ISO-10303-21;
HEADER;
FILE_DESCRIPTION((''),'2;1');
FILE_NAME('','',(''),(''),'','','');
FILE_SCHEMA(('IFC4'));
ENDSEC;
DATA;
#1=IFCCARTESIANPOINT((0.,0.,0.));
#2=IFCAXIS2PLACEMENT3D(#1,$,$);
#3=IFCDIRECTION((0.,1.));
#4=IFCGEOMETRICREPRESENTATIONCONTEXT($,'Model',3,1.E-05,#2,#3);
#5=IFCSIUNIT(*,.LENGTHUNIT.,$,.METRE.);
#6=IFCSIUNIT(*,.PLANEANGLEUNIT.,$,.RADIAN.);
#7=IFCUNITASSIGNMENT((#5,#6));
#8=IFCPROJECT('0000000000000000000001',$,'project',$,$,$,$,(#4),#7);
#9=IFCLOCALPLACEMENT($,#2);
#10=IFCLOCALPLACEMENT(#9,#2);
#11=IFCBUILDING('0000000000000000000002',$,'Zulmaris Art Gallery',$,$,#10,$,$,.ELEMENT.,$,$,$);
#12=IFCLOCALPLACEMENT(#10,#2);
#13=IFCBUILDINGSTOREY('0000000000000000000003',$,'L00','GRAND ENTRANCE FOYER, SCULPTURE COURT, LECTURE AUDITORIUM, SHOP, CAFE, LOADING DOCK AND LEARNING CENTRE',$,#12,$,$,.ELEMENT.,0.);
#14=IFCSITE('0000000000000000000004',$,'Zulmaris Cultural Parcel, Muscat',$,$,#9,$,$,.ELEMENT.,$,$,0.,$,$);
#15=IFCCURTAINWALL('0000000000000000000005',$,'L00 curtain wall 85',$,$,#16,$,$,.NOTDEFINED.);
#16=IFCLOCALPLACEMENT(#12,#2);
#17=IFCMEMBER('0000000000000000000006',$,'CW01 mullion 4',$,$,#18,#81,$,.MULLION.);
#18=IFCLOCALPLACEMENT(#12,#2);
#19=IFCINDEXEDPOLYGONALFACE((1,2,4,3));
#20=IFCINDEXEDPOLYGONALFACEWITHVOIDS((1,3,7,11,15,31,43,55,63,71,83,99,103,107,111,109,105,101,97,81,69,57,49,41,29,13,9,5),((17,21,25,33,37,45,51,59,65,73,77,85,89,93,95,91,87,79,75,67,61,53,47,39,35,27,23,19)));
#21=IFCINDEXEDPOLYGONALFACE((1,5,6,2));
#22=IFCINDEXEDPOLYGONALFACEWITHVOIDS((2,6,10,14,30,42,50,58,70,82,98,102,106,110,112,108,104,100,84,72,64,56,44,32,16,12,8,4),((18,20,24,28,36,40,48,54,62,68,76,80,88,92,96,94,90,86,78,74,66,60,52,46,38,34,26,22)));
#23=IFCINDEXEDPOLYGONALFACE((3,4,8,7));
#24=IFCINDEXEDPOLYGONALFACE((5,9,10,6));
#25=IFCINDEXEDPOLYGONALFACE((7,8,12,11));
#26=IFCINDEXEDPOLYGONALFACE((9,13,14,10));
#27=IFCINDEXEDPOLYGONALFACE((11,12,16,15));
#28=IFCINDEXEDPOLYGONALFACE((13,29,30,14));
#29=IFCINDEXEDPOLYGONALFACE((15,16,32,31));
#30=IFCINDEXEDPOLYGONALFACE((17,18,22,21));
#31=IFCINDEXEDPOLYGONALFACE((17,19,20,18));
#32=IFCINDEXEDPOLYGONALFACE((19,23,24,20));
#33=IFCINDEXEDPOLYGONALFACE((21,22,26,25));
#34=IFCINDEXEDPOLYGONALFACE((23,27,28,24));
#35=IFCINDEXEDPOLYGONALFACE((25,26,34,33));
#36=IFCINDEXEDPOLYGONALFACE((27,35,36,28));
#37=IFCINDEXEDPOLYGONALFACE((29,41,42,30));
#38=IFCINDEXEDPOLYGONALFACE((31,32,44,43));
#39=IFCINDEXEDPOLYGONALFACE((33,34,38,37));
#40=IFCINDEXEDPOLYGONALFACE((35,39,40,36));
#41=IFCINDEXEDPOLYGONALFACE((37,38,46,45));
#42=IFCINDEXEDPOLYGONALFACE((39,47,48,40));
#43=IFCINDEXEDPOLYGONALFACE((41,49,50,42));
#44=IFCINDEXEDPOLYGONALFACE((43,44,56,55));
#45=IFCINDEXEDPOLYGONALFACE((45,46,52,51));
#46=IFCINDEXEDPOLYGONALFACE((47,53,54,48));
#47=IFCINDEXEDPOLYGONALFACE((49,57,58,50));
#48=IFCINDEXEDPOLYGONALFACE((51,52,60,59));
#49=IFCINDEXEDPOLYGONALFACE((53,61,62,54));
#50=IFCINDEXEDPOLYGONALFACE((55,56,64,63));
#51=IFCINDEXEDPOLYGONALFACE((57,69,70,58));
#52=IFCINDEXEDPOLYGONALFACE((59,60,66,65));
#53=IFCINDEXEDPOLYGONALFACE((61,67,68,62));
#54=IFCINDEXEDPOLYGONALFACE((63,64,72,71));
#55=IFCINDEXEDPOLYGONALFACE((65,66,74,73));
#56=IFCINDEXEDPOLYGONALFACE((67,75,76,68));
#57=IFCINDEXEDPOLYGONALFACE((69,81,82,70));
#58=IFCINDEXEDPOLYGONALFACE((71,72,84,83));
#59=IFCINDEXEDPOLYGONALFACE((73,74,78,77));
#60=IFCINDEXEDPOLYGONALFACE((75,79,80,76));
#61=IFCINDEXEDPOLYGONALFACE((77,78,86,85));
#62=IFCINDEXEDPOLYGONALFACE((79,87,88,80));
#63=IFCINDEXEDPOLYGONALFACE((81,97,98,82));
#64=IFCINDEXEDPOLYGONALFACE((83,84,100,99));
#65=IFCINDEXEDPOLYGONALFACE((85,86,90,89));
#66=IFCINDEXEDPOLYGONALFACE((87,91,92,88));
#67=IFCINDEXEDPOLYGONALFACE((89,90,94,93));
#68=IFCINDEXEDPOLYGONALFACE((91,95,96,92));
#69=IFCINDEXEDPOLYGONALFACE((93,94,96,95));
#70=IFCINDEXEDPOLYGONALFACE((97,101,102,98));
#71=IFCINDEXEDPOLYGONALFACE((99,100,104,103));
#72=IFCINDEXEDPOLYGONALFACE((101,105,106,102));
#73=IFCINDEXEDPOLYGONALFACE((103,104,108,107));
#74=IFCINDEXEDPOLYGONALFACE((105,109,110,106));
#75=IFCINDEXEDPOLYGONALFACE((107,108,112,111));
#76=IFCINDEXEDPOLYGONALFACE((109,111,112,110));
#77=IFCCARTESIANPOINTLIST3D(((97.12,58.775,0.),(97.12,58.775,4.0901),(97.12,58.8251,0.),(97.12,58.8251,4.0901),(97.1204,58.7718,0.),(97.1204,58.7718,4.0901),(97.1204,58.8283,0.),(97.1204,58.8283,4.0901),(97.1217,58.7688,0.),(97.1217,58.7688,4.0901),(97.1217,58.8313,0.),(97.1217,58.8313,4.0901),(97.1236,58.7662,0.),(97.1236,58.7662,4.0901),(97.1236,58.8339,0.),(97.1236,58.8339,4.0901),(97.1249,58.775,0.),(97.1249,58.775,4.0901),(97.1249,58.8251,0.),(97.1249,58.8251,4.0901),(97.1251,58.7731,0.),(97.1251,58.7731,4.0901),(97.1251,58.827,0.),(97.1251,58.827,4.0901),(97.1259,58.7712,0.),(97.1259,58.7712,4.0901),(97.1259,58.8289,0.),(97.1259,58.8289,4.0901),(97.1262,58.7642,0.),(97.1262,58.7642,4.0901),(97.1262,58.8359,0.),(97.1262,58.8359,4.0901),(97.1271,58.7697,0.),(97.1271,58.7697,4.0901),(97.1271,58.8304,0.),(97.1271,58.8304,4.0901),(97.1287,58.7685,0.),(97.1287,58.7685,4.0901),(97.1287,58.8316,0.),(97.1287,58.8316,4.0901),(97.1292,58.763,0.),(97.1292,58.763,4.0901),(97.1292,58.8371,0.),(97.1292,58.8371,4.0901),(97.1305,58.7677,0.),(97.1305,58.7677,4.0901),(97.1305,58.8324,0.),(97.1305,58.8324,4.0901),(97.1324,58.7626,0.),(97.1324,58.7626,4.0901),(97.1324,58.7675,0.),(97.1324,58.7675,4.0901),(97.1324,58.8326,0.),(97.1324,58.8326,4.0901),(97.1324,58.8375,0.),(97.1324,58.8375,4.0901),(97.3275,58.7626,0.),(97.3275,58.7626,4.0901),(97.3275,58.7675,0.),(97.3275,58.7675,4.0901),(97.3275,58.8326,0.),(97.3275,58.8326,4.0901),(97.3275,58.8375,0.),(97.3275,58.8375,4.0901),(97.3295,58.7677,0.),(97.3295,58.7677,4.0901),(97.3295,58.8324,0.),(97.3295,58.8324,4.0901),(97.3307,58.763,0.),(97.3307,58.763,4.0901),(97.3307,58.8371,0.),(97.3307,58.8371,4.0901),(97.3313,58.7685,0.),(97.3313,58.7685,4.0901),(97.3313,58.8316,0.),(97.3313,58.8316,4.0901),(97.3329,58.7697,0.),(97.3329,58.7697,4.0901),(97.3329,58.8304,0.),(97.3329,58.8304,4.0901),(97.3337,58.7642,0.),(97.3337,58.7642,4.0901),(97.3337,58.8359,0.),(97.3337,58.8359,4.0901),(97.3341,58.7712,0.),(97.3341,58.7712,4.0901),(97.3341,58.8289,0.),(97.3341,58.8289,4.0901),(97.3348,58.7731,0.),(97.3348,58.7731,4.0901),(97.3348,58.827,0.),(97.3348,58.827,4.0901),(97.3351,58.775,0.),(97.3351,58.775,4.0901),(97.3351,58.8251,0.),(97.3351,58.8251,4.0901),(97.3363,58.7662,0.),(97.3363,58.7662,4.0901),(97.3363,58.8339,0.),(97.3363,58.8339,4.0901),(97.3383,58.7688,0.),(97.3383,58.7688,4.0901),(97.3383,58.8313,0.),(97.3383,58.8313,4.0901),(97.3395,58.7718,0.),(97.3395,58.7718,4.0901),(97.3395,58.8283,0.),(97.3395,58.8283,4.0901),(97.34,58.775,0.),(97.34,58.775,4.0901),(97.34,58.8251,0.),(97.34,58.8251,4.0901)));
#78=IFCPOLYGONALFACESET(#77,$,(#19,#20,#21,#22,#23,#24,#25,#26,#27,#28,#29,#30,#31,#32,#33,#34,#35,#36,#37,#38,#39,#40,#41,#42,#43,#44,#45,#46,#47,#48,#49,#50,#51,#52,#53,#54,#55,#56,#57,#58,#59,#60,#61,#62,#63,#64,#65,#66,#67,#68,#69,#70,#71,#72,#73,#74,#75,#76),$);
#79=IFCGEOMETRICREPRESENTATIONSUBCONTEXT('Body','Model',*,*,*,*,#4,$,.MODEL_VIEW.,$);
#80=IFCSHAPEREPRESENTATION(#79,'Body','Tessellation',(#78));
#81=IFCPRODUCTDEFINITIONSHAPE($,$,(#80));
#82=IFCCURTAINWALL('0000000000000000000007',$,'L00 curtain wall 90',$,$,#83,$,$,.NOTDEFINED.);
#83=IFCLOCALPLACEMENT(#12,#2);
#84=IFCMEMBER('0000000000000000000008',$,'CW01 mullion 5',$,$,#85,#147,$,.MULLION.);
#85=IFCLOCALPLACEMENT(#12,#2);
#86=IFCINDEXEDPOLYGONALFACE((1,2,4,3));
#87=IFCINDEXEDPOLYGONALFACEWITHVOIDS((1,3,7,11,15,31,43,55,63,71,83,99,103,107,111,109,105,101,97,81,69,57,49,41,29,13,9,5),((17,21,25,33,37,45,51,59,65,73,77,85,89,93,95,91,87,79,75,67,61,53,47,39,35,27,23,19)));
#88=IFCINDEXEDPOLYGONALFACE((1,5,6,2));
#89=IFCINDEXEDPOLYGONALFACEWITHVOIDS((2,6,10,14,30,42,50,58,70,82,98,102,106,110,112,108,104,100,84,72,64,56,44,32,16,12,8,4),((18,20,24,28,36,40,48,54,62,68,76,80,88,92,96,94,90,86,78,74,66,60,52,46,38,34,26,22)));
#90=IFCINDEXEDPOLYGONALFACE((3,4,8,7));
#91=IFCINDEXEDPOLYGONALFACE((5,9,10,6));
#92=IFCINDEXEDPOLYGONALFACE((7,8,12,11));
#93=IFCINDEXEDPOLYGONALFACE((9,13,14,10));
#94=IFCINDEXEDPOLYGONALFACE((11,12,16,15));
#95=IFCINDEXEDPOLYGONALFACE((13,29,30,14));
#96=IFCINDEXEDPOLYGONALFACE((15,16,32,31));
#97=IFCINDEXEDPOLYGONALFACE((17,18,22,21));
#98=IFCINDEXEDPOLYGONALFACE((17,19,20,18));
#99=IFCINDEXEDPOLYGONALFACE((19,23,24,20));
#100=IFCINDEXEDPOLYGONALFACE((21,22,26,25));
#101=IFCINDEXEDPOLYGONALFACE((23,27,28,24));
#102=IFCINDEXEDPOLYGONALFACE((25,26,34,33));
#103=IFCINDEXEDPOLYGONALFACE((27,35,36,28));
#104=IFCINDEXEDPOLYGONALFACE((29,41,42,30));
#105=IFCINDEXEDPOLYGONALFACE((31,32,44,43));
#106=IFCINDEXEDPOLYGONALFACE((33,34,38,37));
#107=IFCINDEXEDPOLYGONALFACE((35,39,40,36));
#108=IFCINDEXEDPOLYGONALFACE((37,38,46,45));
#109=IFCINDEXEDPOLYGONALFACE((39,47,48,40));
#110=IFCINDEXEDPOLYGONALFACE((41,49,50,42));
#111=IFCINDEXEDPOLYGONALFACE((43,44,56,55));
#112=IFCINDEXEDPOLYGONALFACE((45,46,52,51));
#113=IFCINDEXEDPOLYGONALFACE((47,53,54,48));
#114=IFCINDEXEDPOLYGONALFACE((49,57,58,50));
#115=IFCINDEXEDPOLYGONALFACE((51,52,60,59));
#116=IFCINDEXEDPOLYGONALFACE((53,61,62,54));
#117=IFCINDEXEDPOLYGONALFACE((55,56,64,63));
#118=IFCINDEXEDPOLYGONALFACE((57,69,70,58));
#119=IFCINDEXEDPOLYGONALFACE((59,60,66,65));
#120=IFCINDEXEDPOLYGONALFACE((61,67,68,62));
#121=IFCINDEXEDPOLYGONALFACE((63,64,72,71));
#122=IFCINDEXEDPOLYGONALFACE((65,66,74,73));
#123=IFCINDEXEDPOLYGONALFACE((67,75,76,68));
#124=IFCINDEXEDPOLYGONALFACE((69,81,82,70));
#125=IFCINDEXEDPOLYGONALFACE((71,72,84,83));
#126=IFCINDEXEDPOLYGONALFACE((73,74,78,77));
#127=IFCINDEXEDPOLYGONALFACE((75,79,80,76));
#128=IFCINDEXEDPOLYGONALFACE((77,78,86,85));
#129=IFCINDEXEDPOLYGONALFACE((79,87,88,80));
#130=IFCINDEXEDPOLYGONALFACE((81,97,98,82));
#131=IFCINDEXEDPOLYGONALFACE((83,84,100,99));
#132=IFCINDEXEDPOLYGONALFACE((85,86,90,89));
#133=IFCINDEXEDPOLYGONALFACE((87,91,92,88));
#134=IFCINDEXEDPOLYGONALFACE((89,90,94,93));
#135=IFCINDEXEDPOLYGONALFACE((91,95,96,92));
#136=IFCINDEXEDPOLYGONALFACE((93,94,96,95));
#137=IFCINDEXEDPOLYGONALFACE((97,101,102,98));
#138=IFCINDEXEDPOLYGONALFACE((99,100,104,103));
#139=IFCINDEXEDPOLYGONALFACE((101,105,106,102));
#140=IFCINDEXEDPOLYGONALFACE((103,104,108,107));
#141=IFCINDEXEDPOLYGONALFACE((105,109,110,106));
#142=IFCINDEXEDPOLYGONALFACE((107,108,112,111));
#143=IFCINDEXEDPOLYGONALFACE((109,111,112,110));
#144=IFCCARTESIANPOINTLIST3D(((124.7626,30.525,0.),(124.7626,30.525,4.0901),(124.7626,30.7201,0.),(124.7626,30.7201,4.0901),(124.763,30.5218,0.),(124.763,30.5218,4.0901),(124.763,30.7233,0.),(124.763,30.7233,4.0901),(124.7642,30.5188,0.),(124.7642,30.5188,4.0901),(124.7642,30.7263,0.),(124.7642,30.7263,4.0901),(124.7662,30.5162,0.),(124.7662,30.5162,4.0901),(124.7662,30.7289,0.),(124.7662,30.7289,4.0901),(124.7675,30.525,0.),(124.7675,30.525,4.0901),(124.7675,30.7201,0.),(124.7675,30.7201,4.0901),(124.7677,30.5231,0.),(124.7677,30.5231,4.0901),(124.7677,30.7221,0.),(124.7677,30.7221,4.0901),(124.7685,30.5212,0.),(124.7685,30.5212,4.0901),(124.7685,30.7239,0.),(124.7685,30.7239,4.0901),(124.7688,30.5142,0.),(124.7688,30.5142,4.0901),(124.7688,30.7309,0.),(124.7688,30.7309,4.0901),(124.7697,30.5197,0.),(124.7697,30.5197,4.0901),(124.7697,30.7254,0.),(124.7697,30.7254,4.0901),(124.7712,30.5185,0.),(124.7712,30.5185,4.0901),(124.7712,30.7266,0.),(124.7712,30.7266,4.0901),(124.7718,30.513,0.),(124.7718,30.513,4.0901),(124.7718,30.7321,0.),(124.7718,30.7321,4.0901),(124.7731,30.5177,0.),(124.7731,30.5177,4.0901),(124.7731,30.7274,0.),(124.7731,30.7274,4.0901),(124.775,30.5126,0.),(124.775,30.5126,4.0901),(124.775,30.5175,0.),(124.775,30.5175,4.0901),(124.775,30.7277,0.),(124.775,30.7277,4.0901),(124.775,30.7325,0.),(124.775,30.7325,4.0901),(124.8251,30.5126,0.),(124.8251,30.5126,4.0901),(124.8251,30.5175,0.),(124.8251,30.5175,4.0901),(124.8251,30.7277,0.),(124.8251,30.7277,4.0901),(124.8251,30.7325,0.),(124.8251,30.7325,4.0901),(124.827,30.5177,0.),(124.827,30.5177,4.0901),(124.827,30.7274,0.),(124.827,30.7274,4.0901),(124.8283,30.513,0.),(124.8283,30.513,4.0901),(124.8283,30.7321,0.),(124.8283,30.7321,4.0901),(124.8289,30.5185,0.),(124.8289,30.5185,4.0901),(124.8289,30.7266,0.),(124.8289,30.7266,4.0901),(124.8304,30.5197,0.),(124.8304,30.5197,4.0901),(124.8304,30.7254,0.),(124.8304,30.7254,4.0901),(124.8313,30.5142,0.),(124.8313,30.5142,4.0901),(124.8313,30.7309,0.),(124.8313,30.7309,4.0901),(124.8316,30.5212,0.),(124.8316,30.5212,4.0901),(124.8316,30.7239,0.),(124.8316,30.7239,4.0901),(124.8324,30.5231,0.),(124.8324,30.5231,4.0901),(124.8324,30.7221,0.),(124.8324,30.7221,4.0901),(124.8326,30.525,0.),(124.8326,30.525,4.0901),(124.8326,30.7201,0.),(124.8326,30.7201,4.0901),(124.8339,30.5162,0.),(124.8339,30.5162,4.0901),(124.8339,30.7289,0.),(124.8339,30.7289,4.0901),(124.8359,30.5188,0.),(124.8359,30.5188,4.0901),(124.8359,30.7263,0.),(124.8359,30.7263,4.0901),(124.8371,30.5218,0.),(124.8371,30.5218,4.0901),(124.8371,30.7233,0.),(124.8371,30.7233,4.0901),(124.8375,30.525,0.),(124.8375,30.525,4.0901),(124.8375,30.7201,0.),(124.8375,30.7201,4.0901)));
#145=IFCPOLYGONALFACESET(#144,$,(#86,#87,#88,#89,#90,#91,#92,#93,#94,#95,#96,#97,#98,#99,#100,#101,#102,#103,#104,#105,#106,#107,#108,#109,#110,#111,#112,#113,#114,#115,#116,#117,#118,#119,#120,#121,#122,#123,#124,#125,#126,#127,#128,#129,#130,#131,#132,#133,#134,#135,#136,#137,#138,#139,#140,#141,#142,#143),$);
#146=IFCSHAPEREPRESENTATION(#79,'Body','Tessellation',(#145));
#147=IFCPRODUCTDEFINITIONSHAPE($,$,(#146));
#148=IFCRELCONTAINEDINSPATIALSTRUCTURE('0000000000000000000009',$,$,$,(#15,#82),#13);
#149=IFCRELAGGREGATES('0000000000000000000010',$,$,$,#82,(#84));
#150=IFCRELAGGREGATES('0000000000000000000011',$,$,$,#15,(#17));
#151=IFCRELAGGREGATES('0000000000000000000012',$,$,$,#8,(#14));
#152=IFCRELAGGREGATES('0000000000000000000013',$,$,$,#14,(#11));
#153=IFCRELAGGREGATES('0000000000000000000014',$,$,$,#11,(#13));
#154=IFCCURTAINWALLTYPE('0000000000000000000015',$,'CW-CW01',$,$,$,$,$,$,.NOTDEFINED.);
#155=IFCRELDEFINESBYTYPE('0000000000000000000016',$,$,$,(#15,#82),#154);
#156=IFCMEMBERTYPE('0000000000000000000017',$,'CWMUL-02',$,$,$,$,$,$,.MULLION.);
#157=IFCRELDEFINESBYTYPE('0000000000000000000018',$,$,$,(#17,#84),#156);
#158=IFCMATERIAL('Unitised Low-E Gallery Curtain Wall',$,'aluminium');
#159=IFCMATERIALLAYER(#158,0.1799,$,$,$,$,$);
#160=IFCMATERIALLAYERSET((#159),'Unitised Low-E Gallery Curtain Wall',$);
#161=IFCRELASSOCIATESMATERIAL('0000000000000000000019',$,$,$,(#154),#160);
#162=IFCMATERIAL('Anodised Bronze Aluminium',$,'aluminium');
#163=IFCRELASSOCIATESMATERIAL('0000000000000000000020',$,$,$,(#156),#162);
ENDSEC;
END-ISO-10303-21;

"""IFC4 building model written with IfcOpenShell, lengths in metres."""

from ifc_helpers import new_model, si_unit, direction, frame, origin, origin_2d, place, context, subcontext, project, spatial, hollow_rectangle, extrude, material, layer, layer_set, material_profile, profile_set, type_object, element, aggregate, save


model = new_model("IFC4")

# Units and contexts
model_context = context("Model", 3, precision=1e-05, world=origin(), true_north=direction((0.0, 1.0)))
body_context = subcontext(model_context, "Body", "Model", "MODEL_VIEW")
ifc_project = project(units=[si_unit("LENGTHUNIT", "METRE"), si_unit("PLANEANGLEUNIT", "RADIAN")], contexts=[model_context])

# Site, building, storey
site_placement = place(None, origin())
site = spatial("IfcSite", under=ifc_project, at=site_placement, Name="Zulmaris Cultural Parcel, Muscat", CompositionType="ELEMENT", RefElevation=0.0)
building_placement = place(site_placement, origin())
building = spatial("IfcBuilding", under=site, at=building_placement, Name="Zulmaris Art Gallery", CompositionType="ELEMENT")
storey_placement = place(building_placement, origin())
storey = spatial("IfcBuildingStorey", under=building, at=storey_placement, Name="L00", Description="GRAND ENTRANCE FOYER, SCULPTURE COURT, LECTURE AUDITORIUM, SHOP, CAFE, LOADING DOCK AND LEARNING CENTRE", CompositionType="ELEMENT", Elevation=0.0)

# Curtain wall, member
ifc_material_1 = material(Name="Unitised Low-E Gallery Curtain Wall", Category="aluminium")
ifc_layer_1 = layer(ifc_material_1, 0.1799)
ifc_layer_set_1 = layer_set([ifc_layer_1], Name="Unitised Low-E Gallery Curtain Wall")
curtain_wall_type = type_object("IfcCurtainWallType", Name="CW-CW01", PredefinedType="NOTDEFINED", material=ifc_layer_set_1)
curtain_wall_1_placement = place(storey_placement, origin())
curtain_wall_1 = element("IfcCurtainWall", 1, at=curtain_wall_1_placement, inside=storey, type_object=curtain_wall_type, Name="L00 curtain wall 85", PredefinedType="NOTDEFINED")
ifc_material_2 = material(Name="Anodised Bronze Aluminium", Category="aluminium")
ifc_material_profile_1 = material_profile(ifc_material_2, hollow_rectangle(XDim=0.075, YDim=0.22, WallThickness=0.0049, InnerFilletRadius=0.0076, OuterFilletRadius=0.0125, at=origin_2d()), Name="ALU 75x220x5")
ifc_profile_set_1 = profile_set([ifc_material_profile_1], Name="Anodised Bronze Aluminium")
member_type_1 = type_object("IfcMemberType", Name="CWMUL-02", PredefinedType="MULLION", material=ifc_profile_set_1)
member_1_placement = place(storey_placement, frame((97.23, 58.8, 0.0), z_axis=(0.0, 0.0, 1.0), x_axis=(0.0, 1.0, 0.0)))
member_1 = element("IfcMember", 2, at=member_1_placement, type_object=member_type_1, Name="CW01 mullion 4", PredefinedType="MULLION", context=body_context, shape_type="SweptSolid", body=[
    extrude(hollow_rectangle(XDim=0.075, YDim=0.22, WallThickness=0.0049, InnerFilletRadius=0.0076, OuterFilletRadius=0.0125, at=origin_2d()), origin(), (0.0, 0.0, 1.0), 4.0901),
])

# Curtain wall, member
curtain_wall_2_placement = place(storey_placement, origin())
curtain_wall_2 = element("IfcCurtainWall", 3, at=curtain_wall_2_placement, inside=storey, type_object=curtain_wall_type, Name="L00 curtain wall 90", PredefinedType="NOTDEFINED")
member_2_placement = place(storey_placement, frame((124.8, 30.6226, 0.0), z_axis=(0.0, 0.0, 1.0), x_axis=(-1.0, 0.0, 0.0)))
member_2 = element("IfcMember", 4, at=member_2_placement, type_object=member_type_1, Name="CW01 mullion 5", PredefinedType="MULLION", context=body_context, shape_type="SweptSolid", body=[
    extrude(hollow_rectangle(XDim=0.075, YDim=0.22, WallThickness=0.0049, InnerFilletRadius=0.0076, OuterFilletRadius=0.0125, at=origin_2d()), origin(), (0.0, 0.0, 1.0), 4.0901),
])
aggregate(curtain_wall_2, [member_2])

aggregate(curtain_wall_1, [member_1])

save(model, "model.ifc")
